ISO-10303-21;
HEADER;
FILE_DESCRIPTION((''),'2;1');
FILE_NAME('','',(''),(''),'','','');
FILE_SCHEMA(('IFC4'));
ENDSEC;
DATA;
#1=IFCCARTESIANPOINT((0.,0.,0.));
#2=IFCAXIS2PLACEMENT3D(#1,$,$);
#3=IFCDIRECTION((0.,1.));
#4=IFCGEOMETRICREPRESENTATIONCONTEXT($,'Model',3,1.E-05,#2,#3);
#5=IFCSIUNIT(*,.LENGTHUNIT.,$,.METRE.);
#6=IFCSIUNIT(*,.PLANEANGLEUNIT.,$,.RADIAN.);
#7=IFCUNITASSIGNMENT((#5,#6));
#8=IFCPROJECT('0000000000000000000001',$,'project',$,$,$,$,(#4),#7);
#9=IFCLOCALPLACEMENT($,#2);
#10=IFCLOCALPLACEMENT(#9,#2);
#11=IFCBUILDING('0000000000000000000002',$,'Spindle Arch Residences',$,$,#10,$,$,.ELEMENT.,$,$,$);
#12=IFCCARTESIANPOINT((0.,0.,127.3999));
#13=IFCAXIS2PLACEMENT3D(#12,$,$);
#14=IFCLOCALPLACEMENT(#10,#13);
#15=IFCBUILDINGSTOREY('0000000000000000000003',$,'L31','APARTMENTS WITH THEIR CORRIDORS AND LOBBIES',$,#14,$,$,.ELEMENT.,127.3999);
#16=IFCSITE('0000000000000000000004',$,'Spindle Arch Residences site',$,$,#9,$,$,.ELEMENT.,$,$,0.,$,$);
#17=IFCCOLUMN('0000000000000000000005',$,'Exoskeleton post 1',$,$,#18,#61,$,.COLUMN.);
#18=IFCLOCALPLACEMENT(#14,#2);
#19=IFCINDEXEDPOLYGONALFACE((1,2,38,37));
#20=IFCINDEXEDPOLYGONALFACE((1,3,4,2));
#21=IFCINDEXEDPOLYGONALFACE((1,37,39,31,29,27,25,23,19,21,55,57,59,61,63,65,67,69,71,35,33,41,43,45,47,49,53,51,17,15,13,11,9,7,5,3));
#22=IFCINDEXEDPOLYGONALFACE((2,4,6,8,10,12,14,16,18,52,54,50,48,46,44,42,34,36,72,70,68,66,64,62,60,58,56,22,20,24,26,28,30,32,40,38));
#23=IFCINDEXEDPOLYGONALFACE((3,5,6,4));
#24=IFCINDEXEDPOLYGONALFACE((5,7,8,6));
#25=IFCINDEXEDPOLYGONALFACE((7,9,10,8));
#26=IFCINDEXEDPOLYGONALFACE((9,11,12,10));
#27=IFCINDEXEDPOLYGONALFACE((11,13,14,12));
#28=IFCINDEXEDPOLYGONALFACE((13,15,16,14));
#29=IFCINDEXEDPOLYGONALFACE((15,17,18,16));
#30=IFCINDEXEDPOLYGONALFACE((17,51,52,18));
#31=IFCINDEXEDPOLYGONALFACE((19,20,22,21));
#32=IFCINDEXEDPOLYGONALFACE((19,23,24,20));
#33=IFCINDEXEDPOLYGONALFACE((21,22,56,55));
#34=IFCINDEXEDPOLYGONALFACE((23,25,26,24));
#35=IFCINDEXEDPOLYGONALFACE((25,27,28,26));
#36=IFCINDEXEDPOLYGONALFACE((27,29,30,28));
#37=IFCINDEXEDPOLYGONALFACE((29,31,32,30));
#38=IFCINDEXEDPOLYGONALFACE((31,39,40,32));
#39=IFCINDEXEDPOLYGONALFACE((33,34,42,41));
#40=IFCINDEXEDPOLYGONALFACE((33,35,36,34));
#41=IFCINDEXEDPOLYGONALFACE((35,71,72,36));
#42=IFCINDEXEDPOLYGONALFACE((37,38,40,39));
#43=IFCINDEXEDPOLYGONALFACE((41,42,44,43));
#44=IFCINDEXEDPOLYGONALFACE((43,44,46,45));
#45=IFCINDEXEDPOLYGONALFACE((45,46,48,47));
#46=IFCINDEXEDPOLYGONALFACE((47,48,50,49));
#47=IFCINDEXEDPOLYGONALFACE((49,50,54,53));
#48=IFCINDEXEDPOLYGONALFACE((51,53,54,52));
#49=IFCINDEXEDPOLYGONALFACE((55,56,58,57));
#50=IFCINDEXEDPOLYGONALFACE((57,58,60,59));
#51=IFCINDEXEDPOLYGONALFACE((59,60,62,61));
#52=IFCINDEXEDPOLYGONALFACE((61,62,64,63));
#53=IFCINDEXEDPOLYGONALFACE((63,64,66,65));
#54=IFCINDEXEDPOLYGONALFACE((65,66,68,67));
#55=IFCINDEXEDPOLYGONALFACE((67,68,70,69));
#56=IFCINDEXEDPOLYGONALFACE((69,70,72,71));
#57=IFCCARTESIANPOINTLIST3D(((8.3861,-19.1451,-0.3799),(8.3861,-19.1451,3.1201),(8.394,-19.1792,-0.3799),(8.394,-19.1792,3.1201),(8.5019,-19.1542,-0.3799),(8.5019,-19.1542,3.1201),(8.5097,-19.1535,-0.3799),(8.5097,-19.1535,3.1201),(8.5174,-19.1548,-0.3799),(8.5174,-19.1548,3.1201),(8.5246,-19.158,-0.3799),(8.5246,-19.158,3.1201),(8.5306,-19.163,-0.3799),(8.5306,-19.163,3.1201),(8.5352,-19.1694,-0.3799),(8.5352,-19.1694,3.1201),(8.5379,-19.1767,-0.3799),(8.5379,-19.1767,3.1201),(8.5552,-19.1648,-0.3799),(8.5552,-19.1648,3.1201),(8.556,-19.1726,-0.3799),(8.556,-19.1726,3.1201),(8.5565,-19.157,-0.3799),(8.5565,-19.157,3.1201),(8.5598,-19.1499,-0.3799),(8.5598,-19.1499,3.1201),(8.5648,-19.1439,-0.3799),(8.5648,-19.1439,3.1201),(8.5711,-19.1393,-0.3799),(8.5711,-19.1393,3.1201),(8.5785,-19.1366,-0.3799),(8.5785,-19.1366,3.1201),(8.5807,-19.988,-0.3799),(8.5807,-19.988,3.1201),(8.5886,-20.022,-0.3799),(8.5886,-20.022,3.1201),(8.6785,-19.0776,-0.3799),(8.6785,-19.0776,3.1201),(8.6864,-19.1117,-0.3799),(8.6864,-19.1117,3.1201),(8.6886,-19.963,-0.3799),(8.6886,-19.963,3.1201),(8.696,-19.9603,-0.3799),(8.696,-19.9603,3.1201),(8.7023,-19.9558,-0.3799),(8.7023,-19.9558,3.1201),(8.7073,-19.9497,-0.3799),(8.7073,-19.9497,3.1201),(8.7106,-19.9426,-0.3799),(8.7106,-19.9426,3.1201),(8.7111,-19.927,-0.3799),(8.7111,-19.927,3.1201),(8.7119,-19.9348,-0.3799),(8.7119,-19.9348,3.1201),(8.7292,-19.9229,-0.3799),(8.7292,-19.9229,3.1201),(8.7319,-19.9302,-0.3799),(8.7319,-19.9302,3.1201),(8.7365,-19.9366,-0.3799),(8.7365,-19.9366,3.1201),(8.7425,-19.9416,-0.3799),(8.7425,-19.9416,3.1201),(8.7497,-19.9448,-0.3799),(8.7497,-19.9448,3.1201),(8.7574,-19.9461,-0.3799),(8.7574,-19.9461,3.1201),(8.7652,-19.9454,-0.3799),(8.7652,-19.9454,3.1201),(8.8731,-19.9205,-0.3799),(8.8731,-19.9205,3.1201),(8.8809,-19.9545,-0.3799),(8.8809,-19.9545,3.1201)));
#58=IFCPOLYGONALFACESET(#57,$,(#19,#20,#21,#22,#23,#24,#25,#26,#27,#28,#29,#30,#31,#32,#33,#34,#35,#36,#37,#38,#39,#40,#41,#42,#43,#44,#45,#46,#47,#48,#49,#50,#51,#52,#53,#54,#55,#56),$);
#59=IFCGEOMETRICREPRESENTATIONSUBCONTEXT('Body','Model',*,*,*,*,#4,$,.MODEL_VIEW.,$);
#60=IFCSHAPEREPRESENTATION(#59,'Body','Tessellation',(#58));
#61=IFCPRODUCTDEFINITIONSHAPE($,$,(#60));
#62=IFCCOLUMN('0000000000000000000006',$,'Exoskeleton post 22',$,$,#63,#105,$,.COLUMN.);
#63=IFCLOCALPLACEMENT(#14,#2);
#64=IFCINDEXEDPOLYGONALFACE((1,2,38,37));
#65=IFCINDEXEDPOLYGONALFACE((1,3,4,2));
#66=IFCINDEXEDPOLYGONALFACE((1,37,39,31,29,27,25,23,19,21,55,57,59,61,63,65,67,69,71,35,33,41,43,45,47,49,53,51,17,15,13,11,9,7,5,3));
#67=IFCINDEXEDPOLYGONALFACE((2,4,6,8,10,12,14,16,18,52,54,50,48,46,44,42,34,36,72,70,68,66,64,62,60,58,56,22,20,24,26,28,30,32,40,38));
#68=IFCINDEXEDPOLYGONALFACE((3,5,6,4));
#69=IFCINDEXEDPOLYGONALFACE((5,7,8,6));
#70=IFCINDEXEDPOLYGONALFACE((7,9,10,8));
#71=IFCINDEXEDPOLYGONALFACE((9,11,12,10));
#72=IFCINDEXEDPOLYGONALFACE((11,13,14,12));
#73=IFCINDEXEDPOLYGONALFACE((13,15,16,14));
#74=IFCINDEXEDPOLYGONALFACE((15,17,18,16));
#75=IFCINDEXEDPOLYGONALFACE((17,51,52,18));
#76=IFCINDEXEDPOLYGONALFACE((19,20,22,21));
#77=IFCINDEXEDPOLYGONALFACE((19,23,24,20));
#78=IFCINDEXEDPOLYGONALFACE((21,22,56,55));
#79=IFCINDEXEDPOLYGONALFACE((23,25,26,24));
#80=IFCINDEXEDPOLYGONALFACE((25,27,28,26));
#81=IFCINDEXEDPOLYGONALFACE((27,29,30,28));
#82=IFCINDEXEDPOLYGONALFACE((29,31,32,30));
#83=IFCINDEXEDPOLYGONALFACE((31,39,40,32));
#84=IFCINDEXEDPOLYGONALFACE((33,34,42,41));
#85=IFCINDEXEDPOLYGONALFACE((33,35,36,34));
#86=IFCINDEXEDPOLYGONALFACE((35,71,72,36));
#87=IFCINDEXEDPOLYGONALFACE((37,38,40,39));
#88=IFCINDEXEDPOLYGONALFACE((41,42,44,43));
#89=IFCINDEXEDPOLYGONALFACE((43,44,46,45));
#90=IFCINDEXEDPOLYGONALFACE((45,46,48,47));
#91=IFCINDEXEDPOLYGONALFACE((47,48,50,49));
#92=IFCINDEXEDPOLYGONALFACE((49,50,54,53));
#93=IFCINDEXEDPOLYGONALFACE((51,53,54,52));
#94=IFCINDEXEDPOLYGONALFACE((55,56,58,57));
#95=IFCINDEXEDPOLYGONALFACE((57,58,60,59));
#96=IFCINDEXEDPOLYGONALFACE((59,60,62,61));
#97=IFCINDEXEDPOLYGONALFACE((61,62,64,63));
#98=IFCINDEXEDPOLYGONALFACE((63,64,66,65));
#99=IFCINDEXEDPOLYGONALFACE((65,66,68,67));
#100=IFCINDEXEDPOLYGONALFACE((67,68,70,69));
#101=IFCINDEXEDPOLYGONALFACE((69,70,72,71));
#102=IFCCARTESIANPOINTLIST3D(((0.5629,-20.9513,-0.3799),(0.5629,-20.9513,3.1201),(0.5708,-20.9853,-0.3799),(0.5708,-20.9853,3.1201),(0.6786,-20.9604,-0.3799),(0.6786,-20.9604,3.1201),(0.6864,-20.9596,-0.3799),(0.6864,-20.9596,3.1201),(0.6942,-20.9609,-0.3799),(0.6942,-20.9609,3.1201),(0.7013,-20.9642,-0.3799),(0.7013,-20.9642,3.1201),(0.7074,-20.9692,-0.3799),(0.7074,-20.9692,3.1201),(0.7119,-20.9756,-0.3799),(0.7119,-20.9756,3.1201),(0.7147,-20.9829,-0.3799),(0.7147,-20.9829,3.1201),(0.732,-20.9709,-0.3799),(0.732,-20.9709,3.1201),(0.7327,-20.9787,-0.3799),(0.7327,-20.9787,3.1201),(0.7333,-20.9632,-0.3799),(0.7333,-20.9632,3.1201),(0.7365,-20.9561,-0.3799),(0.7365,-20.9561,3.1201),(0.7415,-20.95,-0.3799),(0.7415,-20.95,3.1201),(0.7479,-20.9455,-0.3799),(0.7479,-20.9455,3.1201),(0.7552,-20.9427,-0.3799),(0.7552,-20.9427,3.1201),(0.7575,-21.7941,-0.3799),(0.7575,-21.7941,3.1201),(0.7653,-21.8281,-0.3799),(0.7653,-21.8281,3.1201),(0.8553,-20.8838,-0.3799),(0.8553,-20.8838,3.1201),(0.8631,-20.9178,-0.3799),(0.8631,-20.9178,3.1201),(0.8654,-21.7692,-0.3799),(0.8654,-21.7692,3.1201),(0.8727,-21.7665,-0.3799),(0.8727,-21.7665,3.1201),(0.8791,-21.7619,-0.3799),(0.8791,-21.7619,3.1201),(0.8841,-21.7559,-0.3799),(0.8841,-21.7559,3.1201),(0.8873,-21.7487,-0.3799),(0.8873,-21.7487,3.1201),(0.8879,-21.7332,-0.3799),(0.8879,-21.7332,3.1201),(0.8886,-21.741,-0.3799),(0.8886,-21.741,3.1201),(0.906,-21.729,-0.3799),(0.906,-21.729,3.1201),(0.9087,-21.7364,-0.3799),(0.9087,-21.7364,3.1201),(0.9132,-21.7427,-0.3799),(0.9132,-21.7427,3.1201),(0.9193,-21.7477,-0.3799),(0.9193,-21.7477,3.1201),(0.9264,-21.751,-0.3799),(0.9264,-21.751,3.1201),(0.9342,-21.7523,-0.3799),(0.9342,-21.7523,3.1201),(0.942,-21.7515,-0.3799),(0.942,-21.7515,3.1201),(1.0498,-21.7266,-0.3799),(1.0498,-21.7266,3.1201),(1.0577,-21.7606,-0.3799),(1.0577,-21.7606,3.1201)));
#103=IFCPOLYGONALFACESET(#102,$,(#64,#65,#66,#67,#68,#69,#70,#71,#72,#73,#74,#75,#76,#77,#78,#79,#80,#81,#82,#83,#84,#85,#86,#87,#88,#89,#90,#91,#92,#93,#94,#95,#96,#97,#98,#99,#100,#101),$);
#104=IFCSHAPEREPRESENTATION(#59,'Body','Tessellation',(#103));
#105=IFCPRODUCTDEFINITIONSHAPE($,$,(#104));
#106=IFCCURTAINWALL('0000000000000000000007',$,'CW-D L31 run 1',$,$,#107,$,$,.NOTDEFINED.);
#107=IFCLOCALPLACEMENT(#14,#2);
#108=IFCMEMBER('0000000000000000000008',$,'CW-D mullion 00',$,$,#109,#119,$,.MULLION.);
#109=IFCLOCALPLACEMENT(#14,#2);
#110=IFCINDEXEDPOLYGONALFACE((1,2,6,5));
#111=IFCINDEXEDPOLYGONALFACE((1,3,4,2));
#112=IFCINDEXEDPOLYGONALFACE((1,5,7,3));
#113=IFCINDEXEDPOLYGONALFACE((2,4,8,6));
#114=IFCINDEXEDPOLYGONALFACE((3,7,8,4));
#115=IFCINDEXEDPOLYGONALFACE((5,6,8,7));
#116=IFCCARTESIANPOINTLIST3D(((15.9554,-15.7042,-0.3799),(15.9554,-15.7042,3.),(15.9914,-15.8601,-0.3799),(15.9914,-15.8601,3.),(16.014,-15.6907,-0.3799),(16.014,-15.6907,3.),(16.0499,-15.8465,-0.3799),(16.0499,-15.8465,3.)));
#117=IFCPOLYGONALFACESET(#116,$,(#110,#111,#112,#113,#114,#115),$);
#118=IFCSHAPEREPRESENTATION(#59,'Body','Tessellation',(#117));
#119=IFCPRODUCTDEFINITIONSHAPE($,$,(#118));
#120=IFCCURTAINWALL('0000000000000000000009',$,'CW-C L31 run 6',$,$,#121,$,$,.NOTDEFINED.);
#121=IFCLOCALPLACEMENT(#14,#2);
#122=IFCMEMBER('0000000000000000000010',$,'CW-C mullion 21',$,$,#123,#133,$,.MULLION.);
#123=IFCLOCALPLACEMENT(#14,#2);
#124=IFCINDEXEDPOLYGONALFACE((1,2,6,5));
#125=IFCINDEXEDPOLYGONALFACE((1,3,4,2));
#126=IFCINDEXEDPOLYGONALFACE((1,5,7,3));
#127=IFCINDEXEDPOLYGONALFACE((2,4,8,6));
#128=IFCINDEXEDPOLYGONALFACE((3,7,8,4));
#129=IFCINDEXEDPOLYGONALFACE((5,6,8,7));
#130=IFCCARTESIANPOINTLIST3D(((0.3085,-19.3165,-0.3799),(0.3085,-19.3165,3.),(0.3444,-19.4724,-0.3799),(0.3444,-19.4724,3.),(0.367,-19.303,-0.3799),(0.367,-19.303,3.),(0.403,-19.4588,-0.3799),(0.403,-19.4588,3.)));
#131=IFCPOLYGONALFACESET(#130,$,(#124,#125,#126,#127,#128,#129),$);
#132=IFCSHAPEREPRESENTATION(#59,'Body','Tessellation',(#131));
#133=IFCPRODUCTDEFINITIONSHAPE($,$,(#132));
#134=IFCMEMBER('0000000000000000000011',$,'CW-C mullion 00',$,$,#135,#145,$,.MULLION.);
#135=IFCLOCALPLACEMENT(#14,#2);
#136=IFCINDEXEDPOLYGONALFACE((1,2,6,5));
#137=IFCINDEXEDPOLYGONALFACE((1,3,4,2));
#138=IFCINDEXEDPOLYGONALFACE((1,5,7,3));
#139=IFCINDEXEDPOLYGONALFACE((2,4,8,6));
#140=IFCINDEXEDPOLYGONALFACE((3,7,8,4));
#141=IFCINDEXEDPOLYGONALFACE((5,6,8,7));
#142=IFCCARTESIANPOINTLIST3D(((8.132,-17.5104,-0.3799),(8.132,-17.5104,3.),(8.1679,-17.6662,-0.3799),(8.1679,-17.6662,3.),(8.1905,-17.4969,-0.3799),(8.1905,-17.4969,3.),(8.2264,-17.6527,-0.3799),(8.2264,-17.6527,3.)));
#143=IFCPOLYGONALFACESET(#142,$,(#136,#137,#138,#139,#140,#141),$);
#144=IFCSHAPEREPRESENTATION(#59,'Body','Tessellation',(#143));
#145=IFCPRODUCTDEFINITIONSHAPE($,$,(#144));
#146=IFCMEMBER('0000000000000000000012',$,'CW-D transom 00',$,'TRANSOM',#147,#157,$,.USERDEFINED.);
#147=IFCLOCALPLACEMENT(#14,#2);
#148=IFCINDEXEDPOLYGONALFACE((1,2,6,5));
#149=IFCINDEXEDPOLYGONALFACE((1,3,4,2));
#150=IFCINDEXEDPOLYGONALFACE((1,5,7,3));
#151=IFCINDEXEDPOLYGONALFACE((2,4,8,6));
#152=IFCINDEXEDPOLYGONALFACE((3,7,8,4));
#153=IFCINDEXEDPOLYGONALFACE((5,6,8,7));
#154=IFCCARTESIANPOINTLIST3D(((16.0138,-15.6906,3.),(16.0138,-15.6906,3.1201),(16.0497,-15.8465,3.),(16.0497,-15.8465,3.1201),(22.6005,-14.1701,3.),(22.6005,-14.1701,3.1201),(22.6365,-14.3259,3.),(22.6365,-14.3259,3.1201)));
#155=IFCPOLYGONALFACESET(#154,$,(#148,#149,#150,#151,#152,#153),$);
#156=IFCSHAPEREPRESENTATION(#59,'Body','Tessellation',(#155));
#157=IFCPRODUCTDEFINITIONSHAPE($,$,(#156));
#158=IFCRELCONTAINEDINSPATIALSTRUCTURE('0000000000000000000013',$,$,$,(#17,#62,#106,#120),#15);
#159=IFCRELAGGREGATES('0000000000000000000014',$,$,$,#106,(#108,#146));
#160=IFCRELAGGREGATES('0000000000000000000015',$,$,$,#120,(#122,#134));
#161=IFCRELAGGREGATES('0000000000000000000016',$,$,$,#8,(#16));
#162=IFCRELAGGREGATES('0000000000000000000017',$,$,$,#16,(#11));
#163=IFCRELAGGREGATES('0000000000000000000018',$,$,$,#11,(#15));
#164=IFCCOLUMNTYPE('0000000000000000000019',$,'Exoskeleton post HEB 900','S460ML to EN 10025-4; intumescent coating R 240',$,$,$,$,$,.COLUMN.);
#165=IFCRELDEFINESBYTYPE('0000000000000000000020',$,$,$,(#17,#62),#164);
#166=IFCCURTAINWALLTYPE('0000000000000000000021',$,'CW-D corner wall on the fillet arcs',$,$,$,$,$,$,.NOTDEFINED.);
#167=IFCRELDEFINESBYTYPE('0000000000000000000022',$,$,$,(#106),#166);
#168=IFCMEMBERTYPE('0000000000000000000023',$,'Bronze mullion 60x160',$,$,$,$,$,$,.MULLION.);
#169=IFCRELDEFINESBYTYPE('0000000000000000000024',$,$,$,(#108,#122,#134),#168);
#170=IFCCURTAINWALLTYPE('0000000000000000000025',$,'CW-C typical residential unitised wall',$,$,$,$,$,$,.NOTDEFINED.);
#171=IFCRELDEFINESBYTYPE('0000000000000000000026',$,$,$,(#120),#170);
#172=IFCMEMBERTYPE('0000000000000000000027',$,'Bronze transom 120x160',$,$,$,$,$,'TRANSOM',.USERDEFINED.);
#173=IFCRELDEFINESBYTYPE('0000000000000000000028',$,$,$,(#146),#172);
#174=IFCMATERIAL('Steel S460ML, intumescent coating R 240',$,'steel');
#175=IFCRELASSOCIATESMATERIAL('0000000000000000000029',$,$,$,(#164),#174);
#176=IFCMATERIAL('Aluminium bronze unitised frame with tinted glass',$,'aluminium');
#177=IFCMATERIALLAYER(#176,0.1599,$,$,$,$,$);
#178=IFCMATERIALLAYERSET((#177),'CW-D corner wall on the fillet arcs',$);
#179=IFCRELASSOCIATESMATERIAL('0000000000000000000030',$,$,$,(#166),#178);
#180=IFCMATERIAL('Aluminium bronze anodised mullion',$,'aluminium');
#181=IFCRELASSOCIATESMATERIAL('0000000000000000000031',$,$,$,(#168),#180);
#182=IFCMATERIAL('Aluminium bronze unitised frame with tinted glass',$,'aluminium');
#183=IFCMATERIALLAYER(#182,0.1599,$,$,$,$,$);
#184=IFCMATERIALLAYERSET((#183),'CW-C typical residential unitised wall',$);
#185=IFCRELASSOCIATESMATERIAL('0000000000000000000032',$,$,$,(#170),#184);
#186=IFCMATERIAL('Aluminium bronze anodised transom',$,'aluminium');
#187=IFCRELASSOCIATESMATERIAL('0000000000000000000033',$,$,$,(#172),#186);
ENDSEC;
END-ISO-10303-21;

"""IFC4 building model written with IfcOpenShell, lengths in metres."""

from ifc_helpers import new_model, si_unit, direction, frame, origin, origin_2d, place, context, subcontext, project, spatial, rectangle, i_section, extrude, material, layer, layer_set, material_profile, profile_set, type_object, element, aggregate, save


model = new_model("IFC4")

# Units and contexts
model_context = context("Model", 3, precision=1e-05, world=origin(), true_north=direction((0.0, 1.0)))
body_context = subcontext(model_context, "Body", "Model", "MODEL_VIEW")
ifc_project = project(units=[si_unit("LENGTHUNIT", "METRE"), si_unit("PLANEANGLEUNIT", "RADIAN")], contexts=[model_context])

# Site, building, storey
site_placement = place(None, origin())
site = spatial("IfcSite", under=ifc_project, at=site_placement, Name="Spindle Arch Residences site", CompositionType="ELEMENT", RefElevation=0.0)
building_placement = place(site_placement, origin())
building = spatial("IfcBuilding", under=site, at=building_placement, Name="Spindle Arch Residences", CompositionType="ELEMENT")
storey_placement = place(building_placement, frame((0.0, 0.0, 127.3999)))
storey = spatial("IfcBuildingStorey", under=building, at=storey_placement, Name="L31", Description="APARTMENTS WITH THEIR CORRIDORS AND LOBBIES", CompositionType="ELEMENT", Elevation=127.3999)

# Columns
ifc_material_1 = material(Name="Steel S460ML, intumescent coating R 240", Category="steel")
ifc_material_profile_1 = material_profile(ifc_material_1, i_section(OverallWidth=0.3, OverallDepth=0.8999, WebThickness=0.0186, FlangeThickness=0.0349, FilletRadius=0.03, at=origin_2d()), Name="HEB 900")
ifc_profile_set_1 = profile_set([ifc_material_profile_1], Name="Steel S460ML, intumescent coating R 240")
column_type = type_object("IfcColumnType", Name="Exoskeleton post HEB 900", Description="S460ML to EN 10025-4; intumescent coating R 240", PredefinedType="COLUMN", material=ifc_profile_set_1)
for number, where, z_axis, x_axis, name in (
    (1, (8.6335, -19.5498, -0.3799), (0.0, 0.0, 1.0), (-0.97437, -0.224951, 0.0), "Exoskeleton post 1"),
    (2, (0.8103, -21.356, -0.3799), (0.0, 0.0, 1.0), (-0.97437, -0.224951, 0.0), "Exoskeleton post 22"),
):
    element("IfcColumn", number, at=place(storey_placement, frame(where, z_axis=z_axis, x_axis=x_axis)), inside=storey, type_object=column_type, Name=name, PredefinedType="COLUMN", context=body_context, shape_type="SweptSolid", body=[
        extrude(i_section(OverallWidth=0.3, OverallDepth=0.8999, WebThickness=0.0186, FlangeThickness=0.0349, FilletRadius=0.03, at=origin_2d()), origin(), (0.0, 0.0, 1.0), 3.5),
    ])

# Curtain wall, member
ifc_material_2 = material(Name="Aluminium bronze unitised frame with tinted glass", Category="aluminium")
ifc_layer_1 = layer(ifc_material_2, 0.1599)
ifc_layer_set_1 = layer_set([ifc_layer_1], Name="CW-D corner wall on the fillet arcs")
curtain_wall_type_1 = type_object("IfcCurtainWallType", Name="CW-D corner wall on the fillet arcs", PredefinedType="NOTDEFINED", material=ifc_layer_set_1)
curtain_wall_1_placement = place(storey_placement, origin())
curtain_wall_1 = element("IfcCurtainWall", 3, at=curtain_wall_1_placement, inside=storey, type_object=curtain_wall_type_1, Name="CW-D L31 run 1", PredefinedType="NOTDEFINED")
ifc_material_3 = material(Name="Aluminium bronze anodised mullion", Category="aluminium")
ifc_material_profile_2 = material_profile(ifc_material_3, rectangle(XDim=0.1599, YDim=0.0601, at=origin_2d()), Name="MU 60x160")
ifc_profile_set_2 = profile_set([ifc_material_profile_2], Name="Aluminium bronze anodised mullion")
member_type_1 = type_object("IfcMemberType", Name="Bronze mullion 60x160", PredefinedType="MULLION", material=ifc_profile_set_2)
member_1_placement = place(storey_placement, frame((16.0027, -15.7754, -0.3799), z_axis=(0.0, 0.0, 1.0), x_axis=(-0.224951, 0.97437, 0.0)))
member_1 = element("IfcMember", 4, at=member_1_placement, type_object=member_type_1, Name="CW-D mullion 00", PredefinedType="MULLION", context=body_context, shape_type="SweptSolid", body=[
    extrude(rectangle(XDim=0.1599, YDim=0.0601, at=origin_2d()), origin(), (0.0, 0.0, 1.0), 3.3799),
])

# Curtain wall, members
ifc_material_4 = material(Name="Aluminium bronze unitised frame with tinted glass", Category="aluminium")
ifc_layer_2 = layer(ifc_material_4, 0.1599)
ifc_layer_set_2 = layer_set([ifc_layer_2], Name="CW-C typical residential unitised wall")
curtain_wall_type_2 = type_object("IfcCurtainWallType", Name="CW-C typical residential unitised wall", PredefinedType="NOTDEFINED", material=ifc_layer_set_2)
curtain_wall_2_placement = place(storey_placement, origin())
curtain_wall_2 = element("IfcCurtainWall", 5, at=curtain_wall_2_placement, inside=storey, type_object=curtain_wall_type_2, Name="CW-C L31 run 6", PredefinedType="NOTDEFINED")
member_2_placement = place(storey_placement, frame((0.3557, -19.3877, -0.3799), z_axis=(0.0, 0.0, 1.0), x_axis=(-0.224951, 0.97437, 0.0)))
member_2 = element("IfcMember", 6, at=member_2_placement, type_object=member_type_1, Name="CW-C mullion 21", PredefinedType="MULLION", context=body_context, shape_type="SweptSolid", body=[
    extrude(rectangle(XDim=0.1599, YDim=0.0601, at=origin_2d()), origin(), (0.0, 0.0, 1.0), 3.3799),
])
member_3_placement = place(storey_placement, frame((8.1792, -17.5815, -0.3799), z_axis=(0.0, 0.0, 1.0), x_axis=(-0.224951, 0.97437, 0.0)))
member_3 = element("IfcMember", 7, at=member_3_placement, type_object=member_type_1, Name="CW-C mullion 00", PredefinedType="MULLION", context=body_context, shape_type="SweptSolid", body=[
    extrude(rectangle(XDim=0.1599, YDim=0.0601, at=origin_2d()), origin(), (0.0, 0.0, 1.0), 3.3799),
])

# Member
ifc_material_5 = material(Name="Aluminium bronze anodised transom", Category="aluminium")
ifc_material_profile_3 = material_profile(ifc_material_5, rectangle(XDim=0.1599, YDim=0.1201, at=origin_2d()), Name="TR 120x160")
ifc_profile_set_3 = profile_set([ifc_material_profile_3], Name="Aluminium bronze anodised transom")
member_type_2 = type_object("IfcMemberType", Name="Bronze transom 120x160", ElementType="TRANSOM", PredefinedType="USERDEFINED", material=ifc_profile_set_3)
member_4_placement = place(storey_placement, frame((16.0317, -15.7686, 3.0601), z_axis=(0.974375, 0.224931, 0.0), x_axis=(-0.224931, 0.974375, 0.0)))
member_4 = element("IfcMember", 8, at=member_4_placement, type_object=member_type_2, Name="CW-D transom 00", ObjectType="TRANSOM", PredefinedType="USERDEFINED", context=body_context, shape_type="SweptSolid", body=[
    extrude(rectangle(XDim=0.1599, YDim=0.1201, at=origin_2d()), origin(), (0.0, 0.0, 1.0), 6.76),
])
aggregate(curtain_wall_1, [member_1, member_4])

aggregate(curtain_wall_2, [member_2, member_3])

save(model, "model.ifc")
